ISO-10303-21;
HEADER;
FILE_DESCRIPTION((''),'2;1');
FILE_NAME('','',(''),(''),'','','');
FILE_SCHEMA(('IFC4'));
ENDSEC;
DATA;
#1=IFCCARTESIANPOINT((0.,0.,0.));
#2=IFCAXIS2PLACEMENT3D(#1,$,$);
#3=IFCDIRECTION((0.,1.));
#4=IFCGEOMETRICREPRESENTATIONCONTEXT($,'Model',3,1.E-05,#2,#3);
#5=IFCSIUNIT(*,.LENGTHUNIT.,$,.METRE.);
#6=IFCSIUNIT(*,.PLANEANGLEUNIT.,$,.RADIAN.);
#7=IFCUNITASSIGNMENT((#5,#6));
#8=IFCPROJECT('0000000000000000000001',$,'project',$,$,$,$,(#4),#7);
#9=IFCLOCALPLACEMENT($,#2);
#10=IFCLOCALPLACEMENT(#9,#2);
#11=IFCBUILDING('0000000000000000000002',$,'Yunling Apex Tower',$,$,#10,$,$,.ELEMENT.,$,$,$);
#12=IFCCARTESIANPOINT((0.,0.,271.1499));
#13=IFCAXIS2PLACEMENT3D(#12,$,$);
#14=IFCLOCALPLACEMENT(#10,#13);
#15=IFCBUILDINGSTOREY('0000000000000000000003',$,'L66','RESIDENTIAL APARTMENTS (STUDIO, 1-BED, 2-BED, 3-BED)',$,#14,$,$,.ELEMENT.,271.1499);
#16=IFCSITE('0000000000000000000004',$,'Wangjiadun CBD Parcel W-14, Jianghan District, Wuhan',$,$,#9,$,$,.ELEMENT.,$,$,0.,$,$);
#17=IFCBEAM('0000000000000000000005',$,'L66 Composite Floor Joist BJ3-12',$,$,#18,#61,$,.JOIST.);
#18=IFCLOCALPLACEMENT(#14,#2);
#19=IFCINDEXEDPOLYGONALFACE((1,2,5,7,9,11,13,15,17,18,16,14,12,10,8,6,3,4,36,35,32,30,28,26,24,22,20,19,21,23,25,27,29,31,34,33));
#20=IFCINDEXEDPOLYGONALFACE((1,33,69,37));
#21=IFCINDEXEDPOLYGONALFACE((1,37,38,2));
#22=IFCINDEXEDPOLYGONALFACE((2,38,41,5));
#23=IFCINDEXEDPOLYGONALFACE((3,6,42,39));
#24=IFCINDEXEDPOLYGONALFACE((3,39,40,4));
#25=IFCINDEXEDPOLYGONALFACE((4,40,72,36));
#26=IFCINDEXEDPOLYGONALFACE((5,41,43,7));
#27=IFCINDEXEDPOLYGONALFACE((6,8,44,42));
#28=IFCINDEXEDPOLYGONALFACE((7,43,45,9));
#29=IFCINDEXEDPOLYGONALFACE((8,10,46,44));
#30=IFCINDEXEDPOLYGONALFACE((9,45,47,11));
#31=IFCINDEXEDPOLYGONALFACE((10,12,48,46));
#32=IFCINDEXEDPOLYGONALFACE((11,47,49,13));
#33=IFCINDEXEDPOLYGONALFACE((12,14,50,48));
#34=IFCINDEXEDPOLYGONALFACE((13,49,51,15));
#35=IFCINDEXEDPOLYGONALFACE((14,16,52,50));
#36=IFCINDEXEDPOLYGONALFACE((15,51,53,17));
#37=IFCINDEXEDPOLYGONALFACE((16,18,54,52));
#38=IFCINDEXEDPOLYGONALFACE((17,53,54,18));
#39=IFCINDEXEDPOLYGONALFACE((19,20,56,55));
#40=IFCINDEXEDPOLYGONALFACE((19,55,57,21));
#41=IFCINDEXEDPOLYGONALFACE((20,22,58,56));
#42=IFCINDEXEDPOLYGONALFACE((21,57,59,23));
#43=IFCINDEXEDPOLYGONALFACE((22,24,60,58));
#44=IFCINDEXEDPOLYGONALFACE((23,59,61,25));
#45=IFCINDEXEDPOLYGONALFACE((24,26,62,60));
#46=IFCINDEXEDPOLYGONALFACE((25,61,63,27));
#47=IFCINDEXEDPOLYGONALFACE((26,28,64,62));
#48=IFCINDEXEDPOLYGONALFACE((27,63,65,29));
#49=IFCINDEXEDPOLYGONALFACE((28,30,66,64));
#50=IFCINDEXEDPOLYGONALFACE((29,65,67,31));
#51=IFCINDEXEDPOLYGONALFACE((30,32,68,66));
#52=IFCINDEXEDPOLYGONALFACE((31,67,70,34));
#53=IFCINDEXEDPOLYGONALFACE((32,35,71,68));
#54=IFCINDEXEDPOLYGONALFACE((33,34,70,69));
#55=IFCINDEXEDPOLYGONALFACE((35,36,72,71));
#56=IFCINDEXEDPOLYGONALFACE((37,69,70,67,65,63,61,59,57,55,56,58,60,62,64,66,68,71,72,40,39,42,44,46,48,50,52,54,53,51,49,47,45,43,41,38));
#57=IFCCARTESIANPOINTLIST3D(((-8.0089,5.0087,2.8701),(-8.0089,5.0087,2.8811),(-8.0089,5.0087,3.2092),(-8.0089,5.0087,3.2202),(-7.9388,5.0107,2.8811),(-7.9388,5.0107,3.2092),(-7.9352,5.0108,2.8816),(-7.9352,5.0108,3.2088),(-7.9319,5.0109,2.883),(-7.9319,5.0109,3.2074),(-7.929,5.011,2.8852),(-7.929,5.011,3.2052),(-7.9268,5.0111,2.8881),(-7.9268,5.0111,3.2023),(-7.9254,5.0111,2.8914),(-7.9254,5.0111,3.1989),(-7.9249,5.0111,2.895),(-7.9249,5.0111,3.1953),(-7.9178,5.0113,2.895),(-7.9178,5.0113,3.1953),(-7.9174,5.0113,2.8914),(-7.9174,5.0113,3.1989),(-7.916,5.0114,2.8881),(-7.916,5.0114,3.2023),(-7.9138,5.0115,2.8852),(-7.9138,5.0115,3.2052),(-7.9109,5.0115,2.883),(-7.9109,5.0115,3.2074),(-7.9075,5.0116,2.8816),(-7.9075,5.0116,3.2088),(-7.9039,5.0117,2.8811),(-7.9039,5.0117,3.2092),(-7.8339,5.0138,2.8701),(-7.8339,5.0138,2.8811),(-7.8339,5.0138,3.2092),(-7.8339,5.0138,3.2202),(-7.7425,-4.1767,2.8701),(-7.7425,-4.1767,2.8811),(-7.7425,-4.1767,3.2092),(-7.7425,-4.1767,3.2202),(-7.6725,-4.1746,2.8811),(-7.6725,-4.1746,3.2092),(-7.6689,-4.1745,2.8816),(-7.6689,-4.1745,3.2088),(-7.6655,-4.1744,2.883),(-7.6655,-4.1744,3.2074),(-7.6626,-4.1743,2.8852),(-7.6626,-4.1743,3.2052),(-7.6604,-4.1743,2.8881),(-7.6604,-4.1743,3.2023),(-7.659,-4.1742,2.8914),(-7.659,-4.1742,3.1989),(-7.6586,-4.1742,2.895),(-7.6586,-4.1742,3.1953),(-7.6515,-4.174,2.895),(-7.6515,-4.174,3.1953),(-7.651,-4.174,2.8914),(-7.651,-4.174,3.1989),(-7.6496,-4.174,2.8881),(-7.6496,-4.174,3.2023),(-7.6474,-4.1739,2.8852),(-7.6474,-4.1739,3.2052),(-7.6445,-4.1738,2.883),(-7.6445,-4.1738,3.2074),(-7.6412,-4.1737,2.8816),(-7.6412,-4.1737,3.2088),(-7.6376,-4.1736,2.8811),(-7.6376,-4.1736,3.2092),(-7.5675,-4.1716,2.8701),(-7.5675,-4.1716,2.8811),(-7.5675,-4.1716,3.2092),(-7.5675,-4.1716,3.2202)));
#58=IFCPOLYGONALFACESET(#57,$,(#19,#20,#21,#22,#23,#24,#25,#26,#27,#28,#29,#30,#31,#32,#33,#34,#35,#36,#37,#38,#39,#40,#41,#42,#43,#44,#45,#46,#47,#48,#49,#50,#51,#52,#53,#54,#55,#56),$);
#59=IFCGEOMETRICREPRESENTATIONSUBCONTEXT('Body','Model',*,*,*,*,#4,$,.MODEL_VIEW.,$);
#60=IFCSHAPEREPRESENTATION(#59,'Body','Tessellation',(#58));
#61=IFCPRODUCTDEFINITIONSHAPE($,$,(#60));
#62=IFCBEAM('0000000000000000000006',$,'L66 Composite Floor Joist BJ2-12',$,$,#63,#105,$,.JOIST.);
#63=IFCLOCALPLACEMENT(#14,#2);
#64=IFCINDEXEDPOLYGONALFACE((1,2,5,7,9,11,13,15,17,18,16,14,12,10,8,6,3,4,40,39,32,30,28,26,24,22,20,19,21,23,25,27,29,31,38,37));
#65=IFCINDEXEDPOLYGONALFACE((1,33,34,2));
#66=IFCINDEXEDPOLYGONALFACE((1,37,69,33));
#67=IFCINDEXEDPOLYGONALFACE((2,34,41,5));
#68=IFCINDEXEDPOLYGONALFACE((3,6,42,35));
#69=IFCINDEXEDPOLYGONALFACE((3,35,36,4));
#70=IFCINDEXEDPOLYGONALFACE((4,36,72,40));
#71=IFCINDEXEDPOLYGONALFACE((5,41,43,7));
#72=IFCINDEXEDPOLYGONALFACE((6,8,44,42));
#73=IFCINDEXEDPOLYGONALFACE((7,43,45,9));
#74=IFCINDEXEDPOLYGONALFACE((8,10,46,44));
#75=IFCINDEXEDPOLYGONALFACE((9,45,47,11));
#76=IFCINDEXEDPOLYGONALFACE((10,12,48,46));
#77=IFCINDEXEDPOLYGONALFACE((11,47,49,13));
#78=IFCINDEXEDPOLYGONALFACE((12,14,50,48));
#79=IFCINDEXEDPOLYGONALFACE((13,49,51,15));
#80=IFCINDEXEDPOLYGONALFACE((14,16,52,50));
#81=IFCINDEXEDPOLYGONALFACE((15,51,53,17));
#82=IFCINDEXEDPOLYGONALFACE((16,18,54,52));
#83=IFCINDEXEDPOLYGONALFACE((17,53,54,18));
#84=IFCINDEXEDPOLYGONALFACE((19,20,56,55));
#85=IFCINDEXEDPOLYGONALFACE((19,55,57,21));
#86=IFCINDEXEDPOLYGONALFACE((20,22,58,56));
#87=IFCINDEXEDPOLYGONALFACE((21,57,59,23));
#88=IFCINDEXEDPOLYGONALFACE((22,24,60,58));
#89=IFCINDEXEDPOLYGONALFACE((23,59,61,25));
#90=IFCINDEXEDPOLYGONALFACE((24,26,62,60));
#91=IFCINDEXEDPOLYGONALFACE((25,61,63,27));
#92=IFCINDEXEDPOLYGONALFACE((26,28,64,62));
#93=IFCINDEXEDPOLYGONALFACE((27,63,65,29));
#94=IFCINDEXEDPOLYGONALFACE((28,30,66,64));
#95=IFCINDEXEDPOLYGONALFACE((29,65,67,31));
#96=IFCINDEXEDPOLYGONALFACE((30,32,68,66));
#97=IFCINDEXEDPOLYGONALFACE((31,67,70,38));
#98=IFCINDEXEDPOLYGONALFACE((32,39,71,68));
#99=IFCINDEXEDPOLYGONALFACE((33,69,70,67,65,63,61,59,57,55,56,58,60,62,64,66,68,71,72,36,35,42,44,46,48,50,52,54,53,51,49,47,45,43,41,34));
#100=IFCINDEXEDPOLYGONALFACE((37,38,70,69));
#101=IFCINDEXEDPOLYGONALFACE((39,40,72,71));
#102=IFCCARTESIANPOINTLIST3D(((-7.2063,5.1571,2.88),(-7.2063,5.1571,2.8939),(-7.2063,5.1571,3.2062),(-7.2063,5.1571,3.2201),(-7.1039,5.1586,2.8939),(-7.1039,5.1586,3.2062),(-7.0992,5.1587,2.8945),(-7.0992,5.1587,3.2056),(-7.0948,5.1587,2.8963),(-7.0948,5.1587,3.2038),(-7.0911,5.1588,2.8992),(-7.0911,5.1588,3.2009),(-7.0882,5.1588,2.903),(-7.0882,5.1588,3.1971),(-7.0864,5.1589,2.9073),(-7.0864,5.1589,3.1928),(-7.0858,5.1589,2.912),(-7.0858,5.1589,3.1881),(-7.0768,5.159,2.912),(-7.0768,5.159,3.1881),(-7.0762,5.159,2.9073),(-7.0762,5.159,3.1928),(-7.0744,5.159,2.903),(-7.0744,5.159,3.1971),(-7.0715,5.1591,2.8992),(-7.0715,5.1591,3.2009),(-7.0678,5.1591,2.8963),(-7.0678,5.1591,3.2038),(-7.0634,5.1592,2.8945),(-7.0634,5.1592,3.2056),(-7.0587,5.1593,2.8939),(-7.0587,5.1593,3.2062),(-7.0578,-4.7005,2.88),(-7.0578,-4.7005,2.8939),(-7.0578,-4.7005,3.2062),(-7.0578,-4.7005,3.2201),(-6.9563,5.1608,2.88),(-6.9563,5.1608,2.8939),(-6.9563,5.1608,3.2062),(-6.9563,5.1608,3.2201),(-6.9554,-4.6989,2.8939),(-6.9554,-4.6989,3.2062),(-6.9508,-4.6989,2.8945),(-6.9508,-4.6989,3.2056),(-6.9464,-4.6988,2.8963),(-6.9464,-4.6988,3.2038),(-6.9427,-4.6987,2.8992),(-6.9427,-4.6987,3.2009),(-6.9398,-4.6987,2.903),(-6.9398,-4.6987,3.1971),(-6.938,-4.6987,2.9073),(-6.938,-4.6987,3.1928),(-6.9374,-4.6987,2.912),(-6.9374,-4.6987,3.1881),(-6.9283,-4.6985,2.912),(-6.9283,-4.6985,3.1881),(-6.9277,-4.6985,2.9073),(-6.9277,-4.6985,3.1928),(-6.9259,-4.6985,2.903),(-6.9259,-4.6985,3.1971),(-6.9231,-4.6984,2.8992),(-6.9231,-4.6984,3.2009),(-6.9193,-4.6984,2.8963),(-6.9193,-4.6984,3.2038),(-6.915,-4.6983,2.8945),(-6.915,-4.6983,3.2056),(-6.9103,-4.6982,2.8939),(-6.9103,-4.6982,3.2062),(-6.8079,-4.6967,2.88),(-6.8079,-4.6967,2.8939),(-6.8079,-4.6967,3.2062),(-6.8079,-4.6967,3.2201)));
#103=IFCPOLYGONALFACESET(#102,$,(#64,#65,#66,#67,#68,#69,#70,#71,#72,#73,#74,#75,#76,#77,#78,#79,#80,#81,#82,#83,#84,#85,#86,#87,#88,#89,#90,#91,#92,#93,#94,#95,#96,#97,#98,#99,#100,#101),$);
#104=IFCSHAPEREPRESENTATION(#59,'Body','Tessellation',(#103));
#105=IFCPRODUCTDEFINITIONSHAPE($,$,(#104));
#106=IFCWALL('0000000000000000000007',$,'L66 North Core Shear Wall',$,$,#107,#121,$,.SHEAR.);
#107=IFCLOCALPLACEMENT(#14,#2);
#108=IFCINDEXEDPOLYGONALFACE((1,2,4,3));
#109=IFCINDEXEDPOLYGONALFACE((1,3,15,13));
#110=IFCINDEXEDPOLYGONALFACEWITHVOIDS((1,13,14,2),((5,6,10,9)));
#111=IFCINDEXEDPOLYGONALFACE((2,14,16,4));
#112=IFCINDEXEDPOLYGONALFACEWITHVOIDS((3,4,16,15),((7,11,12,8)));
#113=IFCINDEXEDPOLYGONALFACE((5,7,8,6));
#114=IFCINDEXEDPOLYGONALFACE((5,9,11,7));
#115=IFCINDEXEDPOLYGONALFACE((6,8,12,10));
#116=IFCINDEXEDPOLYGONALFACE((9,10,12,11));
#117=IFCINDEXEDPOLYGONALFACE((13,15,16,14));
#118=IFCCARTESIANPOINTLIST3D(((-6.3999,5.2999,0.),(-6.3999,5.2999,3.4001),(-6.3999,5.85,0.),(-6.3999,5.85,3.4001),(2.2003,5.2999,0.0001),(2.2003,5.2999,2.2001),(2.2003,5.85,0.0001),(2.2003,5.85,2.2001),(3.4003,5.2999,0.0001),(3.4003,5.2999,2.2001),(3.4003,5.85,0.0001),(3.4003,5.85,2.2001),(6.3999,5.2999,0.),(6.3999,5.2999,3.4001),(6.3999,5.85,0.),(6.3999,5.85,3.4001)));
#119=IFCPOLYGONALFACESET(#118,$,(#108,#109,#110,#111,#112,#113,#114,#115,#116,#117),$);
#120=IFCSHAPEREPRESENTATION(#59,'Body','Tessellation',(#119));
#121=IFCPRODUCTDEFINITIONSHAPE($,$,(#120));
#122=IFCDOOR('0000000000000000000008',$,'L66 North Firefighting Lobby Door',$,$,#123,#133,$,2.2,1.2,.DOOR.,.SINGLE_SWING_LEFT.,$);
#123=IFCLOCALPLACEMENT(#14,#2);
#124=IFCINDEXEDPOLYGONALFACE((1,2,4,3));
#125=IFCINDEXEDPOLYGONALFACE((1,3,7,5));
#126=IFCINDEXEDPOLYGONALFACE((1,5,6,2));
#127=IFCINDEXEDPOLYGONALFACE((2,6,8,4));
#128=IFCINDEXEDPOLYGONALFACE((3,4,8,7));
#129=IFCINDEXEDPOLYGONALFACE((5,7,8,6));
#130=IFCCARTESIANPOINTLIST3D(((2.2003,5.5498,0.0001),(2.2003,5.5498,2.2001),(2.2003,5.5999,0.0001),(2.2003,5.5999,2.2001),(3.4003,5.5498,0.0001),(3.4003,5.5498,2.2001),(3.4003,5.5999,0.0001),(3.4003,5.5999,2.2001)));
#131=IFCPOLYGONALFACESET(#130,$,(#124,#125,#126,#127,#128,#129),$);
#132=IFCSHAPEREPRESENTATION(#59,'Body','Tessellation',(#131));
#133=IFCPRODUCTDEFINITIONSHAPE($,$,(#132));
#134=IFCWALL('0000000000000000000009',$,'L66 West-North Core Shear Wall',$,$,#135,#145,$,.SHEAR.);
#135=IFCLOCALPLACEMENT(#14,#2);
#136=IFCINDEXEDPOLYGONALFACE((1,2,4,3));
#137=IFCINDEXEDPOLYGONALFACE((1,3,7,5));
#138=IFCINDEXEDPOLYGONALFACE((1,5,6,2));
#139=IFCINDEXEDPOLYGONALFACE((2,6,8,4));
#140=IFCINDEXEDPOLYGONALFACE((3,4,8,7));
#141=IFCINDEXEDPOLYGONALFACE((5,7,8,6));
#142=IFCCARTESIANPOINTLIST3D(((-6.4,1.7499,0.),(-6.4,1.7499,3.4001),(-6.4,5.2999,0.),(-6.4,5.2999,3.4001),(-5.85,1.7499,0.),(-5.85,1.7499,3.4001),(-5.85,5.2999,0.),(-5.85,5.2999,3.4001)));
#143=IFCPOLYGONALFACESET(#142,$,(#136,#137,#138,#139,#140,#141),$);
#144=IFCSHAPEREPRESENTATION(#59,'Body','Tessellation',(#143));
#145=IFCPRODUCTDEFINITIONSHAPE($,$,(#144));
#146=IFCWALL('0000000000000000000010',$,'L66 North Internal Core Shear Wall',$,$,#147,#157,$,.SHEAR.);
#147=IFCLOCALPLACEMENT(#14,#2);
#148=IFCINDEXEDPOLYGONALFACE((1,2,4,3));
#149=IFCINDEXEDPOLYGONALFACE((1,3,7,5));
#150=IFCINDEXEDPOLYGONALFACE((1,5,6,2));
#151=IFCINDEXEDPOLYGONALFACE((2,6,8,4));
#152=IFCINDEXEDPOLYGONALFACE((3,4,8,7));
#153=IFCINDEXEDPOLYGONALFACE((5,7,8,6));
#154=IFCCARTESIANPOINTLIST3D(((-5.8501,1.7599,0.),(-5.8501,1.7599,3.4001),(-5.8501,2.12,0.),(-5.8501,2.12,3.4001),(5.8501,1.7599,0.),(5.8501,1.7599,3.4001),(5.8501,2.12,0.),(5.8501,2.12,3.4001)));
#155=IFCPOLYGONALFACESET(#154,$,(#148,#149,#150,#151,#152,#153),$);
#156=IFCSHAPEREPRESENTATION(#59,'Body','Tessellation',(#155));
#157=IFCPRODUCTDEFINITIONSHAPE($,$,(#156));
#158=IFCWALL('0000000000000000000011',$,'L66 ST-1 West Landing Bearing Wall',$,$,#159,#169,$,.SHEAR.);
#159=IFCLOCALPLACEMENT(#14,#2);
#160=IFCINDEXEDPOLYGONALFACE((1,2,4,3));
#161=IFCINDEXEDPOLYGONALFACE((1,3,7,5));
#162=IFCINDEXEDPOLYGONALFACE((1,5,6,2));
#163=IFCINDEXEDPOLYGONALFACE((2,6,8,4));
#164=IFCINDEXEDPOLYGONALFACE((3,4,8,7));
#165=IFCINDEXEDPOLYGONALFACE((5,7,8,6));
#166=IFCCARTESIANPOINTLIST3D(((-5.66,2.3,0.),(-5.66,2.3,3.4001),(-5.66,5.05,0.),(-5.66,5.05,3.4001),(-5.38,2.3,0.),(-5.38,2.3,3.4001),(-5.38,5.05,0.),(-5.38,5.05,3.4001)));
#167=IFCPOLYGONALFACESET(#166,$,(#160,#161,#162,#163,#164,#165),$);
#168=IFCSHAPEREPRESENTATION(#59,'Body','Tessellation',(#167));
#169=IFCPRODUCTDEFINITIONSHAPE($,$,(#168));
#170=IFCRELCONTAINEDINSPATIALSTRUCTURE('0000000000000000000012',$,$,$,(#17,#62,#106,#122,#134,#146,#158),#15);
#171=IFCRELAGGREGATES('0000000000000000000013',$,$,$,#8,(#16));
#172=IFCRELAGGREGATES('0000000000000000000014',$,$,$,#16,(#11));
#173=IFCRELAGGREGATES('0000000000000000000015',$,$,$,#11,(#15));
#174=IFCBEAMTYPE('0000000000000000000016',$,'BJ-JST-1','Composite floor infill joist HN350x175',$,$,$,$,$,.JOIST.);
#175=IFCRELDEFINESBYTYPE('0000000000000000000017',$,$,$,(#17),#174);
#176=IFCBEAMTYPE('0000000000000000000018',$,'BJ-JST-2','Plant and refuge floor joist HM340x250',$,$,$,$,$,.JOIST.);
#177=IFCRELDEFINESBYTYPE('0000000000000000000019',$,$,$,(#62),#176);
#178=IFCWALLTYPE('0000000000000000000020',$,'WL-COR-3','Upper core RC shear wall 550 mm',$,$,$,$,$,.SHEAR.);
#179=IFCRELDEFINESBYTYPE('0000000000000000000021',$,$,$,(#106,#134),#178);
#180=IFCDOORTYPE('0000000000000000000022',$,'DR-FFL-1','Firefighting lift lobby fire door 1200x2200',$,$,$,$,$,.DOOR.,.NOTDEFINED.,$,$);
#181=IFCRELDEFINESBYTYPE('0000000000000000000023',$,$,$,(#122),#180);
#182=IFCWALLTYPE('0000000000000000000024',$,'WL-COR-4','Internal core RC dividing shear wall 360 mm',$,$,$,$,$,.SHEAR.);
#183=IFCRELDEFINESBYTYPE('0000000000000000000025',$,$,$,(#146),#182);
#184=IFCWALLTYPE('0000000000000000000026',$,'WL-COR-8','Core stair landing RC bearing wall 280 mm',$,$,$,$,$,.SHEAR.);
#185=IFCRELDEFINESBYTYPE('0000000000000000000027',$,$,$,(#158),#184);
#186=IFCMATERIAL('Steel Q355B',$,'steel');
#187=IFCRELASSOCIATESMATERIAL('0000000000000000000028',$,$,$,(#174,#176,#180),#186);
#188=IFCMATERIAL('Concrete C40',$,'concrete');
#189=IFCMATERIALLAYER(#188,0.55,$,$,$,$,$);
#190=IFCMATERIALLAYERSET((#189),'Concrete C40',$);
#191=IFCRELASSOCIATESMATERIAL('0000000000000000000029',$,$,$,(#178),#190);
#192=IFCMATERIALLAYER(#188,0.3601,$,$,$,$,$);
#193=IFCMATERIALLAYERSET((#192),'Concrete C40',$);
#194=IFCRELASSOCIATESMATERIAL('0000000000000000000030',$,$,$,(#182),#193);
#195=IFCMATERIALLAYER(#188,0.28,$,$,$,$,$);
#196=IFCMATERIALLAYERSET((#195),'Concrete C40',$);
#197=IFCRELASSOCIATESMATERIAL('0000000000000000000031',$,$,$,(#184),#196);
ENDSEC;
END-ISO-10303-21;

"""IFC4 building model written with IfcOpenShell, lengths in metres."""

from ifc_helpers import new_model, si_unit, direction, frame, frame_2d, origin, origin_2d, place, context, subcontext, project, spatial, rectangle, i_section, extrude, source, transform, mapped, material, layer, layer_set, material_profile, profile_set, type_object, element, fill, save


model = new_model("IFC4")

# Units and contexts
model_context = context("Model", 3, precision=1e-05, world=origin(), true_north=direction((0.0, 1.0)))
body_context = subcontext(model_context, "Body", "Model", "MODEL_VIEW")
ifc_project = project(units=[si_unit("LENGTHUNIT", "METRE"), si_unit("PLANEANGLEUNIT", "RADIAN")], contexts=[model_context])

# Site, building, storey
site_placement = place(None, origin())
site = spatial("IfcSite", under=ifc_project, at=site_placement, Name="Wangjiadun CBD Parcel W-14, Jianghan District, Wuhan", CompositionType="ELEMENT", RefElevation=0.0)
building_placement = place(site_placement, origin())
building = spatial("IfcBuilding", under=site, at=building_placement, Name="Yunling Apex Tower", CompositionType="ELEMENT")
storey_placement = place(building_placement, frame((0.0, 0.0, 271.1499)))
storey = spatial("IfcBuildingStorey", under=building, at=storey_placement, Name="L66", Description="RESIDENTIAL APARTMENTS (STUDIO, 1-BED, 2-BED, 3-BED)", CompositionType="ELEMENT", Elevation=271.1499)

# Beams
ifc_material_1 = material(Name="Steel Q355B", Category="steel")
ifc_material_profile_1 = material_profile(ifc_material_1, i_section(OverallWidth=0.175, OverallDepth=0.3501, WebThickness=0.0071, FlangeThickness=0.011, FilletRadius=0.0139, at=origin_2d()))
ifc_profile_set_1 = profile_set([ifc_material_profile_1], Name="Steel Q355B")
beam_type_1 = type_object("IfcBeamType", Name="BJ-JST-1", Description="Composite floor infill joist HN350x175", PredefinedType="JOIST", material=ifc_profile_set_1)
shared_shape_1 = source(origin(), body_context, "Body", "SweptSolid", [
    extrude(i_section(OverallWidth=0.175, OverallDepth=0.3501, WebThickness=0.0071, FlangeThickness=0.011, FilletRadius=0.0139, at=origin_2d()), origin(), (0.0, 0.0, 1.0), 9.1892),
])
beam_1_placement = place(storey_placement, frame((-7.9214, 5.0112, 3.0452), z_axis=(0.028986, -0.99958, 0.0), x_axis=(0.99958, 0.028986, 0.0)))
element("IfcBeam", 1, at=beam_1_placement, inside=storey, type_object=beam_type_1, Name="L66 Composite Floor Joist BJ3-12", PredefinedType="JOIST", context=body_context, shape_type="MappedRepresentation", body=[
    mapped(shared_shape_1, transform((0.0, 0.0, 0.0), scale=1.0)),
])
ifc_material_profile_2 = material_profile(ifc_material_1, i_section(OverallWidth=0.25, OverallDepth=0.3401, WebThickness=0.009, FlangeThickness=0.0139, FilletRadius=0.0181, at=origin_2d()))
ifc_profile_set_2 = profile_set([ifc_material_profile_2], Name="Steel Q355B")
beam_type_2 = type_object("IfcBeamType", Name="BJ-JST-2", Description="Plant and refuge floor joist HM340x250", PredefinedType="JOIST", material=ifc_profile_set_2)
shared_shape_2 = source(origin(), body_context, "Body", "SweptSolid", [
    extrude(i_section(OverallWidth=0.25, OverallDepth=0.3401, WebThickness=0.009, FlangeThickness=0.0139, FilletRadius=0.0181, at=origin_2d()), origin(), (0.0, 0.0, 1.0), 9.8586),
])
beam_2_placement = place(storey_placement, frame((-7.0813, 5.1589, 3.05), z_axis=(0.015057, -0.999887, 0.0), x_axis=(0.999887, 0.015057, 0.0)))
element("IfcBeam", 2, at=beam_2_placement, inside=storey, type_object=beam_type_2, Name="L66 Composite Floor Joist BJ2-12", PredefinedType="JOIST", context=body_context, shape_type="MappedRepresentation", body=[
    mapped(shared_shape_2, transform((0.0, 0.0, 0.0), scale=1.0)),
])

# Wall, opening, door
ifc_material_2 = material(Name="Concrete C40", Category="concrete")
ifc_layer_1 = layer(ifc_material_2, 0.55)
ifc_layer_set_1 = layer_set([ifc_layer_1], Name="Concrete C40")
wall_type_1 = type_object("IfcWallType", Name="WL-COR-3", Description="Upper core RC shear wall 550 mm", PredefinedType="SHEAR", material=ifc_layer_set_1)
wall_1_placement = place(storey_placement, frame((-6.3999, 5.575, 0.0), z_axis=(0.0, 0.0, 1.0), x_axis=(1.0, 0.0, 0.0)))
wall_1 = element("IfcWall", 3, at=wall_1_placement, inside=storey, type_object=wall_type_1, Name="L66 North Core Shear Wall", PredefinedType="SHEAR", context=body_context, shape_type="SweptSolid", body=[
    extrude(rectangle(XDim=12.7998, YDim=0.55, at=frame_2d((6.3999, 0.0))), origin(), (0.0, 0.0, 1.0), 3.4001),
])
opening_1_placement = place(wall_1_placement, frame((8.6001, 0.0, 0.0)))
opening_1 = element("IfcOpeningElement", 4, at=opening_1_placement, cuts=wall_1, PredefinedType="OPENING", context=body_context, shape_type="SweptSolid", body=[
    extrude(rectangle(XDim=1.2, YDim=2.2, at=frame_2d((0.6001, 1.1001))), frame((0.0, 0.2852, 0.0), z_axis=(0.0, -1.0, 0.0), x_axis=(1.0, 0.0, 0.0)), (0.0, 0.0, 1.0), 0.5701),
])
door_type_1 = type_object("IfcDoorType", Name="DR-FFL-1", Description="Firefighting lift lobby fire door 1200x2200", OperationType="NOTDEFINED", PredefinedType="DOOR", material=ifc_material_1)
door_1_placement = place(opening_1_placement, origin())
door_1 = element("IfcDoor", 5, at=door_1_placement, inside=storey, type_object=door_type_1, Name="L66 North Firefighting Lobby Door", OperationType="SINGLE_SWING_LEFT", OverallHeight=2.2, OverallWidth=1.2, PredefinedType="DOOR", context=body_context, shape_type="SweptSolid", body=[
    extrude(rectangle(XDim=1.2, YDim=2.2, at=frame_2d((0.6001, 1.1001))), frame((0.0, 0.0249, 0.0), z_axis=(0.0, -1.0, 0.0), x_axis=(1.0, 0.0, 0.0)), (0.0, 0.0, 1.0), 0.05),
])
fill(opening_1, door_1)

# Walls
wall_2_placement = place(storey_placement, frame((-6.125, 1.75, 0.0), z_axis=(0.0, 0.0, 1.0), x_axis=(0.0, 1.0, 0.0)))
element("IfcWall", 6, at=wall_2_placement, inside=storey, type_object=wall_type_1, Name="L66 West-North Core Shear Wall", PredefinedType="SHEAR", context=body_context, shape_type="SweptSolid", body=[
    extrude(rectangle(XDim=3.55, YDim=0.55, at=frame_2d((1.7749, 0.0))), origin(), (0.0, 0.0, 1.0), 3.4001),
])
ifc_layer_2 = layer(ifc_material_2, 0.3601)
ifc_layer_set_2 = layer_set([ifc_layer_2], Name="Concrete C40")
wall_type_2 = type_object("IfcWallType", Name="WL-COR-4", Description="Internal core RC dividing shear wall 360 mm", PredefinedType="SHEAR", material=ifc_layer_set_2)
wall_3_placement = place(storey_placement, frame((-5.8501, 1.9399, 0.0), z_axis=(0.0, 0.0, 1.0), x_axis=(1.0, 0.0, 0.0)))
element("IfcWall", 7, at=wall_3_placement, inside=storey, type_object=wall_type_2, Name="L66 North Internal Core Shear Wall", PredefinedType="SHEAR", context=body_context, shape_type="SweptSolid", body=[
    extrude(rectangle(XDim=11.7002, YDim=0.3601, at=frame_2d((5.8501, 0.0))), origin(), (0.0, 0.0, 1.0), 3.4001),
])
ifc_layer_3 = layer(ifc_material_2, 0.28)
ifc_layer_set_3 = layer_set([ifc_layer_3], Name="Concrete C40")
wall_type_3 = type_object("IfcWallType", Name="WL-COR-8", Description="Core stair landing RC bearing wall 280 mm", PredefinedType="SHEAR", material=ifc_layer_set_3)
wall_4_placement = place(storey_placement, frame((-5.52, 2.3, 0.0), z_axis=(0.0, 0.0, 1.0), x_axis=(0.0, 1.0, 0.0)))
element("IfcWall", 8, at=wall_4_placement, inside=storey, type_object=wall_type_3, Name="L66 ST-1 West Landing Bearing Wall", PredefinedType="SHEAR", context=body_context, shape_type="SweptSolid", body=[
    extrude(rectangle(XDim=2.75, YDim=0.28, at=frame_2d((1.375, 0.0))), origin(), (0.0, 0.0, 1.0), 3.4001),
])

save(model, "model.ifc")
